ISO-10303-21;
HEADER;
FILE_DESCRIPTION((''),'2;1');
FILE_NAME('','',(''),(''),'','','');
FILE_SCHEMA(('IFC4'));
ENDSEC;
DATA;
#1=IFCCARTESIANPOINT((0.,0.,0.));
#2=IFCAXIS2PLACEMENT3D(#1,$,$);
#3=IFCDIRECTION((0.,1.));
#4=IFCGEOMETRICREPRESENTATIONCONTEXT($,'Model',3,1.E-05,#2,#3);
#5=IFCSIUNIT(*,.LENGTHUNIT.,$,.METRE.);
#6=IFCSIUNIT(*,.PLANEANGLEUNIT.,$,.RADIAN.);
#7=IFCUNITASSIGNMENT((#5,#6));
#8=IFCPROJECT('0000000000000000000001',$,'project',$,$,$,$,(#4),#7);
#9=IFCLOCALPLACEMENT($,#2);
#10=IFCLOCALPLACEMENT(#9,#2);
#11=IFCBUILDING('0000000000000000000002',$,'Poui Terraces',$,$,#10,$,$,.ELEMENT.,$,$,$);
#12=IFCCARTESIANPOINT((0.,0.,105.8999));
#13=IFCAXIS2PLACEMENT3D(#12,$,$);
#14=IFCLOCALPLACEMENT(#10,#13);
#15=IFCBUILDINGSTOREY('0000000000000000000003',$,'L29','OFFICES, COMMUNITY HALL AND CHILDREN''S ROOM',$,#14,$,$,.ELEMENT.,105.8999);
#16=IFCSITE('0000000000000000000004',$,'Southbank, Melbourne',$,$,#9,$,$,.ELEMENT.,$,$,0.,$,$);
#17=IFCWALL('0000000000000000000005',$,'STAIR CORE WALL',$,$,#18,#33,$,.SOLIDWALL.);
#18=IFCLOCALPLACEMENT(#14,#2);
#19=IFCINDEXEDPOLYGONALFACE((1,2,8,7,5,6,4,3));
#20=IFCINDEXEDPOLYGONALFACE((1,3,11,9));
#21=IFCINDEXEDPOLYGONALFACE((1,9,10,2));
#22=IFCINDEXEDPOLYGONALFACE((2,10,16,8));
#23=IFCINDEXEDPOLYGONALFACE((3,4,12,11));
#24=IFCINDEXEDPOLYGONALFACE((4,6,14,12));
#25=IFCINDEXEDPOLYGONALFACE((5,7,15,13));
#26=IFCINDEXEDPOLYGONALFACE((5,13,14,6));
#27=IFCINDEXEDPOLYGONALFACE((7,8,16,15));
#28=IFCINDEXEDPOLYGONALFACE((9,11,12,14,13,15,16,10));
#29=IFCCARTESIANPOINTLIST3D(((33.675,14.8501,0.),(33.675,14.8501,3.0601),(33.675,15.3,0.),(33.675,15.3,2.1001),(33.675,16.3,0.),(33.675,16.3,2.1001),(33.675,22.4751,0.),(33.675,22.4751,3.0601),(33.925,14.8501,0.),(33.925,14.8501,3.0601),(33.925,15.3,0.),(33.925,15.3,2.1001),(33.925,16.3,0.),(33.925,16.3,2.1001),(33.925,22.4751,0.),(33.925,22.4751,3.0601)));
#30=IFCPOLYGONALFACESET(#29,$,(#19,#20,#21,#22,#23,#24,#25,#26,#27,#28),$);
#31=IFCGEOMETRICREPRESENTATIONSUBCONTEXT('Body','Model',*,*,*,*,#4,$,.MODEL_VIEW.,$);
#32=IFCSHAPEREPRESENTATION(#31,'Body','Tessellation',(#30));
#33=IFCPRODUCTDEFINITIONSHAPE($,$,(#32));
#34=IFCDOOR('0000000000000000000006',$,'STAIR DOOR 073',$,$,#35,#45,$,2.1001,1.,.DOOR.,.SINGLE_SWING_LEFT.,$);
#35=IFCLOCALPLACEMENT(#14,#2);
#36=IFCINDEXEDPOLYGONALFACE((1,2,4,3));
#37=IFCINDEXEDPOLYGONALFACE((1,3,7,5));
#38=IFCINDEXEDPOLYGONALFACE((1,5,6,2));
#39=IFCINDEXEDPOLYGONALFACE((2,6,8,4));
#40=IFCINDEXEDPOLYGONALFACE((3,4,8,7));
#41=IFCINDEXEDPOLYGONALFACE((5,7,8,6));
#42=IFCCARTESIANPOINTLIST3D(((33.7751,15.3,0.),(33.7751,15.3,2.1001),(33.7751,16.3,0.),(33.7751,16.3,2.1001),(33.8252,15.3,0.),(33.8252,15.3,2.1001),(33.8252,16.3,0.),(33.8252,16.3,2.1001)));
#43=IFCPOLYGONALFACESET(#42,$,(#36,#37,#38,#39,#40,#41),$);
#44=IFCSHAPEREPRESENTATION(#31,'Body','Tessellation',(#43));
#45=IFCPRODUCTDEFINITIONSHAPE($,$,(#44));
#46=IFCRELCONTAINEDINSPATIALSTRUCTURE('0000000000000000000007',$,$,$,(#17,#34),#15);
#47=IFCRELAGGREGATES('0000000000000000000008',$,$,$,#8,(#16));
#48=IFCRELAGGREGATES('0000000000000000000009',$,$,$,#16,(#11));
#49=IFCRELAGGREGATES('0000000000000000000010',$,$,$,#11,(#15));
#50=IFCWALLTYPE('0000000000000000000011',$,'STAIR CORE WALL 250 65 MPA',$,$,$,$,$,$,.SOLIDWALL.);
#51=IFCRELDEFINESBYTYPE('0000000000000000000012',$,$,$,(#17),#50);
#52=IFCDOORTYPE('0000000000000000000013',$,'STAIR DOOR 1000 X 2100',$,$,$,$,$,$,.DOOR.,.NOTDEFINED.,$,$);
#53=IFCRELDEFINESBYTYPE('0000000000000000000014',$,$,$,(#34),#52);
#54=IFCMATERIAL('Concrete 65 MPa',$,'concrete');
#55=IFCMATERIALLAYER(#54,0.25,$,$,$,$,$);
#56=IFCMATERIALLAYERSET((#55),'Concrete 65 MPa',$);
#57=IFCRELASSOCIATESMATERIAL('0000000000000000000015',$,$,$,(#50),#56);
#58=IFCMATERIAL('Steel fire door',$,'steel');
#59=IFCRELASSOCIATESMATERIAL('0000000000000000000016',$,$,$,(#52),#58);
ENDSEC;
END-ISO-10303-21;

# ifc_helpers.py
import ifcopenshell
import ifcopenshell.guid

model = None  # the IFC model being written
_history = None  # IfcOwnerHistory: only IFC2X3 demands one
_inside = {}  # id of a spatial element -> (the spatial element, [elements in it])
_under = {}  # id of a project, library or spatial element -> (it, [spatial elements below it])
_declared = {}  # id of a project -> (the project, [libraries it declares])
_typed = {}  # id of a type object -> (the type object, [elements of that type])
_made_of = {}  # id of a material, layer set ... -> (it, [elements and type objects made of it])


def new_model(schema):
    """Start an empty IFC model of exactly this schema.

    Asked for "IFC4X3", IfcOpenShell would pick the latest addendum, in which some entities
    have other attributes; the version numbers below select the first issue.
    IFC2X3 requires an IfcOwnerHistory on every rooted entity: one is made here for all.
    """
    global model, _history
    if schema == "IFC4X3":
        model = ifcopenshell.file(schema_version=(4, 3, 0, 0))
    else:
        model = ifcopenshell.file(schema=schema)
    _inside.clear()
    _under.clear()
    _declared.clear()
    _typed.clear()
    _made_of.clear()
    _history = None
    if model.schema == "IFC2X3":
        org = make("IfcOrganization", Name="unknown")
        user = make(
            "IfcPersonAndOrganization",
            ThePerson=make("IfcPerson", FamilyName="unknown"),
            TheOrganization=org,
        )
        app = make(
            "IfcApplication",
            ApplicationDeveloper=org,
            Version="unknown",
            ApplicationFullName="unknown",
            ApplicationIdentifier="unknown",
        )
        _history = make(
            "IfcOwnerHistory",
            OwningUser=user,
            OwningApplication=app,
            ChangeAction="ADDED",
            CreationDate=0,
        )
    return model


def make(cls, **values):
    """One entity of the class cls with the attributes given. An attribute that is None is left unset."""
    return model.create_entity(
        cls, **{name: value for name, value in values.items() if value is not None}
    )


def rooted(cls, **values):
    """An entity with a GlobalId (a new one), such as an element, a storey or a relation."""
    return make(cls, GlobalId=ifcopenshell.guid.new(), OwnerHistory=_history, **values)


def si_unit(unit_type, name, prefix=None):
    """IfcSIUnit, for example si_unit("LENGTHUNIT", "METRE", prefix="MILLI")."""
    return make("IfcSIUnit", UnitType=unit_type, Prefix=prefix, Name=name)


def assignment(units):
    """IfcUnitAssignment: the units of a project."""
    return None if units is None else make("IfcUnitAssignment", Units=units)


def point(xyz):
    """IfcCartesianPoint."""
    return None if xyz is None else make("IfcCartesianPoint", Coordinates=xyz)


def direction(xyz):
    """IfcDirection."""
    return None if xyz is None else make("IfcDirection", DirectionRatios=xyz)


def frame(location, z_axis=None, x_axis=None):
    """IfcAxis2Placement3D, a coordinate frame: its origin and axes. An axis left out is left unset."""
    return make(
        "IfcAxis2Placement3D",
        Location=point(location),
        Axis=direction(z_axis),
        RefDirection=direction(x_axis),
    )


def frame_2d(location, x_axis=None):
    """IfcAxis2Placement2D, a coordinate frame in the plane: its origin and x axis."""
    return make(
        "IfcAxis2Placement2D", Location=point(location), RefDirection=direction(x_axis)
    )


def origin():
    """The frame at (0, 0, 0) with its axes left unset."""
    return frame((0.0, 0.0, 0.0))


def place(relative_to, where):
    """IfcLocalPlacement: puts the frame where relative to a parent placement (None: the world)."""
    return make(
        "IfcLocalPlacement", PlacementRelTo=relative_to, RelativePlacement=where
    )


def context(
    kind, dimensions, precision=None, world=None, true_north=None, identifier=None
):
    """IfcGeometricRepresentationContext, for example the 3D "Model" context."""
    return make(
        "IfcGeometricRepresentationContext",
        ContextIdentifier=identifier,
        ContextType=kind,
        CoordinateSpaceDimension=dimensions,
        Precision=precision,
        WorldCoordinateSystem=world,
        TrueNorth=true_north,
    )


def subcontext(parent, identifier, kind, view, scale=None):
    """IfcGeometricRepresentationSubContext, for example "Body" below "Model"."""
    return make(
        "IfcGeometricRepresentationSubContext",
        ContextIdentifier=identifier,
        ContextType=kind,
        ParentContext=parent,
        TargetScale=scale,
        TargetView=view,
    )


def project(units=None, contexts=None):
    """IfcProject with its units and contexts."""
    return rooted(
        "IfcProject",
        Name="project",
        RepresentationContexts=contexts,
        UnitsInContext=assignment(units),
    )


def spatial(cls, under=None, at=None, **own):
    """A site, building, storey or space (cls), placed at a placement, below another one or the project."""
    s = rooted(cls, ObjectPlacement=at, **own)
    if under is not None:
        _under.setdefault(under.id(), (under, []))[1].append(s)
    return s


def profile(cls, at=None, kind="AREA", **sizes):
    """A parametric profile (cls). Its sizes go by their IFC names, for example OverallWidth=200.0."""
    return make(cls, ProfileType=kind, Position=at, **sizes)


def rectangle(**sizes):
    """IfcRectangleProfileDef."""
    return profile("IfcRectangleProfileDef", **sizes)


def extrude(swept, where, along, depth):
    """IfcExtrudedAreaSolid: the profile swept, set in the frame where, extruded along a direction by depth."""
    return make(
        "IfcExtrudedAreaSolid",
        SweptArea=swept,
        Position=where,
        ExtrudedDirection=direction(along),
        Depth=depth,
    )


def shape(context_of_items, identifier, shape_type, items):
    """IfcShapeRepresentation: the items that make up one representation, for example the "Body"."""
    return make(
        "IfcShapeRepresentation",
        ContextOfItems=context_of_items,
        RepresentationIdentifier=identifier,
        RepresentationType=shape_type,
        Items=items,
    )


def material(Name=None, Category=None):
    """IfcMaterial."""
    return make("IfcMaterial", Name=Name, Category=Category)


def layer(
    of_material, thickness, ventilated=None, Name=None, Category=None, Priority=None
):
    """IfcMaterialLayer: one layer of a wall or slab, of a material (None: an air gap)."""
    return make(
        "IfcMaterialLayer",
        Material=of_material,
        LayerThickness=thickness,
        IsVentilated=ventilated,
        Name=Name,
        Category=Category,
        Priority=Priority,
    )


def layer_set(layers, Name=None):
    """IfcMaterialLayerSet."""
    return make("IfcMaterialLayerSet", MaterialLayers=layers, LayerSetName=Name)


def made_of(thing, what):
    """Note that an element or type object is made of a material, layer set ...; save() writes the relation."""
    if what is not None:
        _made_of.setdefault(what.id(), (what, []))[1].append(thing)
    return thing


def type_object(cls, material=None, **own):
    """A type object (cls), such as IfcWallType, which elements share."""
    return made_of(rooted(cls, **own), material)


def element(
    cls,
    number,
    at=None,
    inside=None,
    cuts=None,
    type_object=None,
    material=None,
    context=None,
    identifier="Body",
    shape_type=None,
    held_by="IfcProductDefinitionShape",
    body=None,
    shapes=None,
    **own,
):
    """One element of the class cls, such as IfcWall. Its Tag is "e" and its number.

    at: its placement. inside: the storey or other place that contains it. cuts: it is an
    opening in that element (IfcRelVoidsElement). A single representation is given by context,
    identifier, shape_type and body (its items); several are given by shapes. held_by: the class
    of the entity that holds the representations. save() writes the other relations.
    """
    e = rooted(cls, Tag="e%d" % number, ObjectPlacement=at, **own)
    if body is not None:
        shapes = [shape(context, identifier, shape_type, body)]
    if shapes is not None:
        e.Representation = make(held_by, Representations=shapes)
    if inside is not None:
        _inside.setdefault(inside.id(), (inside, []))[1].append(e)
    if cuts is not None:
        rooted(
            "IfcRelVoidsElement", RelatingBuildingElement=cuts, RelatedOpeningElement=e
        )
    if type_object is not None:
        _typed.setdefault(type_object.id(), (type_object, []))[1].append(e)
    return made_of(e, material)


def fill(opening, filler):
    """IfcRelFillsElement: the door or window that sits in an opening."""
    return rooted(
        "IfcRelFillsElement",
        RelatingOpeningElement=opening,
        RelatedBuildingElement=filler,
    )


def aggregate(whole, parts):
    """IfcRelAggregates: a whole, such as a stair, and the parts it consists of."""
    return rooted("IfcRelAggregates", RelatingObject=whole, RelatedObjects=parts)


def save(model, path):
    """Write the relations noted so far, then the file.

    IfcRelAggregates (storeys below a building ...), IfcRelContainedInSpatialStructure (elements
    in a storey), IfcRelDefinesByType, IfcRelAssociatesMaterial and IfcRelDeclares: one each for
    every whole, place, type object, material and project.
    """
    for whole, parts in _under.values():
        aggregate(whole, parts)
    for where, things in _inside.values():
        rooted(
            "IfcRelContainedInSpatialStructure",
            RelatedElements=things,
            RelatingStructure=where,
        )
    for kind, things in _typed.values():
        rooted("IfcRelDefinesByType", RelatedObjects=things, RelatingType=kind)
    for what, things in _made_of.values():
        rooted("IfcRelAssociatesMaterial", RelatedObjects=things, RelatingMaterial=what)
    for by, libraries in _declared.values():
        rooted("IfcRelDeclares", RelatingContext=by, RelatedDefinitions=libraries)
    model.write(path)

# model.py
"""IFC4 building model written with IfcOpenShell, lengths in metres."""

from ifc_helpers import new_model, si_unit, direction, frame, frame_2d, origin, place, context, subcontext, project, spatial, rectangle, extrude, material, layer, layer_set, type_object, element, fill, save


model = new_model("IFC4")

# Units and contexts
model_context = context("Model", 3, precision=1e-05, world=origin(), true_north=direction((0.0, 1.0)))
body_context = subcontext(model_context, "Body", "Model", "MODEL_VIEW")
ifc_project = project(units=[si_unit("LENGTHUNIT", "METRE"), si_unit("PLANEANGLEUNIT", "RADIAN")], contexts=[model_context])

# Site, building, storey
site_placement = place(None, origin())
site = spatial("IfcSite", under=ifc_project, at=site_placement, Name="Southbank, Melbourne", CompositionType="ELEMENT", RefElevation=0.0)
building_placement = place(site_placement, origin())
building = spatial("IfcBuilding", under=site, at=building_placement, Name="Poui Terraces", CompositionType="ELEMENT")
storey_placement = place(building_placement, frame((0.0, 0.0, 105.8999)))
storey = spatial("IfcBuildingStorey", under=building, at=storey_placement, Name="L29", Description="OFFICES, COMMUNITY HALL AND CHILDREN'S ROOM", CompositionType="ELEMENT", Elevation=105.8999)

# Shared definitions
ifc_material_1 = material(Name="Concrete 65 MPa", Category="concrete")

# Shared definitions
ifc_material_2 = material(Name="Steel fire door", Category="steel")

# Shared definitions
ifc_layer_1 = layer(ifc_material_1, 0.25)
ifc_layer_set_1 = layer_set([ifc_layer_1], Name="Concrete 65 MPa")
wall_type_1 = type_object("IfcWallType", Name="STAIR CORE WALL 250 65 MPA", PredefinedType="SOLIDWALL", material=ifc_layer_set_1)

# Wall, opening, door
wall_1_placement = place(storey_placement, frame((33.8, 14.8501, 0.0), z_axis=(0.0, 0.0, 1.0), x_axis=(0.0, 1.0, 0.0)))
wall_1 = element("IfcWall", 1, at=wall_1_placement, inside=storey, type_object=wall_type_1, Name="STAIR CORE WALL", PredefinedType="SOLIDWALL", context=body_context, shape_type="SweptSolid", body=[
    extrude(rectangle(XDim=7.625, YDim=0.25, at=frame_2d((3.8125, 0.0))), origin(), (0.0, 0.0, 1.0), 3.0601),
])
opening_1_placement = place(wall_1_placement, frame((0.45, 0.0, 0.0)))
opening_1 = element("IfcOpeningElement", 2, at=opening_1_placement, cuts=wall_1, PredefinedType="OPENING", context=body_context, shape_type="SweptSolid", body=[
    extrude(rectangle(XDim=1.0, YDim=2.1001, at=frame_2d((0.5, 1.05))), frame((0.0, 0.135, 0.0), z_axis=(0.0, -1.0, 0.0), x_axis=(1.0, 0.0, 0.0)), (0.0, 0.0, 1.0), 0.27),
])
door_type_1 = type_object("IfcDoorType", Name="STAIR DOOR 1000 X 2100", OperationType="NOTDEFINED", PredefinedType="DOOR", material=ifc_material_2)
door_1_placement = place(opening_1_placement, origin())
door_1 = element("IfcDoor", 3, at=door_1_placement, inside=storey, type_object=door_type_1, Name="STAIR DOOR 073", OperationType="SINGLE_SWING_LEFT", OverallHeight=2.1001, OverallWidth=1.0, PredefinedType="DOOR", context=body_context, shape_type="SweptSolid", body=[
    extrude(rectangle(XDim=1.0, YDim=2.1001, at=frame_2d((0.5, 1.05))), frame((0.0, 0.0249, 0.0), z_axis=(0.0, -1.0, 0.0), x_axis=(1.0, 0.0, 0.0)), (0.0, 0.0, 1.0), 0.05),
])
fill(opening_1, door_1)

save(model, "model.ifc")
